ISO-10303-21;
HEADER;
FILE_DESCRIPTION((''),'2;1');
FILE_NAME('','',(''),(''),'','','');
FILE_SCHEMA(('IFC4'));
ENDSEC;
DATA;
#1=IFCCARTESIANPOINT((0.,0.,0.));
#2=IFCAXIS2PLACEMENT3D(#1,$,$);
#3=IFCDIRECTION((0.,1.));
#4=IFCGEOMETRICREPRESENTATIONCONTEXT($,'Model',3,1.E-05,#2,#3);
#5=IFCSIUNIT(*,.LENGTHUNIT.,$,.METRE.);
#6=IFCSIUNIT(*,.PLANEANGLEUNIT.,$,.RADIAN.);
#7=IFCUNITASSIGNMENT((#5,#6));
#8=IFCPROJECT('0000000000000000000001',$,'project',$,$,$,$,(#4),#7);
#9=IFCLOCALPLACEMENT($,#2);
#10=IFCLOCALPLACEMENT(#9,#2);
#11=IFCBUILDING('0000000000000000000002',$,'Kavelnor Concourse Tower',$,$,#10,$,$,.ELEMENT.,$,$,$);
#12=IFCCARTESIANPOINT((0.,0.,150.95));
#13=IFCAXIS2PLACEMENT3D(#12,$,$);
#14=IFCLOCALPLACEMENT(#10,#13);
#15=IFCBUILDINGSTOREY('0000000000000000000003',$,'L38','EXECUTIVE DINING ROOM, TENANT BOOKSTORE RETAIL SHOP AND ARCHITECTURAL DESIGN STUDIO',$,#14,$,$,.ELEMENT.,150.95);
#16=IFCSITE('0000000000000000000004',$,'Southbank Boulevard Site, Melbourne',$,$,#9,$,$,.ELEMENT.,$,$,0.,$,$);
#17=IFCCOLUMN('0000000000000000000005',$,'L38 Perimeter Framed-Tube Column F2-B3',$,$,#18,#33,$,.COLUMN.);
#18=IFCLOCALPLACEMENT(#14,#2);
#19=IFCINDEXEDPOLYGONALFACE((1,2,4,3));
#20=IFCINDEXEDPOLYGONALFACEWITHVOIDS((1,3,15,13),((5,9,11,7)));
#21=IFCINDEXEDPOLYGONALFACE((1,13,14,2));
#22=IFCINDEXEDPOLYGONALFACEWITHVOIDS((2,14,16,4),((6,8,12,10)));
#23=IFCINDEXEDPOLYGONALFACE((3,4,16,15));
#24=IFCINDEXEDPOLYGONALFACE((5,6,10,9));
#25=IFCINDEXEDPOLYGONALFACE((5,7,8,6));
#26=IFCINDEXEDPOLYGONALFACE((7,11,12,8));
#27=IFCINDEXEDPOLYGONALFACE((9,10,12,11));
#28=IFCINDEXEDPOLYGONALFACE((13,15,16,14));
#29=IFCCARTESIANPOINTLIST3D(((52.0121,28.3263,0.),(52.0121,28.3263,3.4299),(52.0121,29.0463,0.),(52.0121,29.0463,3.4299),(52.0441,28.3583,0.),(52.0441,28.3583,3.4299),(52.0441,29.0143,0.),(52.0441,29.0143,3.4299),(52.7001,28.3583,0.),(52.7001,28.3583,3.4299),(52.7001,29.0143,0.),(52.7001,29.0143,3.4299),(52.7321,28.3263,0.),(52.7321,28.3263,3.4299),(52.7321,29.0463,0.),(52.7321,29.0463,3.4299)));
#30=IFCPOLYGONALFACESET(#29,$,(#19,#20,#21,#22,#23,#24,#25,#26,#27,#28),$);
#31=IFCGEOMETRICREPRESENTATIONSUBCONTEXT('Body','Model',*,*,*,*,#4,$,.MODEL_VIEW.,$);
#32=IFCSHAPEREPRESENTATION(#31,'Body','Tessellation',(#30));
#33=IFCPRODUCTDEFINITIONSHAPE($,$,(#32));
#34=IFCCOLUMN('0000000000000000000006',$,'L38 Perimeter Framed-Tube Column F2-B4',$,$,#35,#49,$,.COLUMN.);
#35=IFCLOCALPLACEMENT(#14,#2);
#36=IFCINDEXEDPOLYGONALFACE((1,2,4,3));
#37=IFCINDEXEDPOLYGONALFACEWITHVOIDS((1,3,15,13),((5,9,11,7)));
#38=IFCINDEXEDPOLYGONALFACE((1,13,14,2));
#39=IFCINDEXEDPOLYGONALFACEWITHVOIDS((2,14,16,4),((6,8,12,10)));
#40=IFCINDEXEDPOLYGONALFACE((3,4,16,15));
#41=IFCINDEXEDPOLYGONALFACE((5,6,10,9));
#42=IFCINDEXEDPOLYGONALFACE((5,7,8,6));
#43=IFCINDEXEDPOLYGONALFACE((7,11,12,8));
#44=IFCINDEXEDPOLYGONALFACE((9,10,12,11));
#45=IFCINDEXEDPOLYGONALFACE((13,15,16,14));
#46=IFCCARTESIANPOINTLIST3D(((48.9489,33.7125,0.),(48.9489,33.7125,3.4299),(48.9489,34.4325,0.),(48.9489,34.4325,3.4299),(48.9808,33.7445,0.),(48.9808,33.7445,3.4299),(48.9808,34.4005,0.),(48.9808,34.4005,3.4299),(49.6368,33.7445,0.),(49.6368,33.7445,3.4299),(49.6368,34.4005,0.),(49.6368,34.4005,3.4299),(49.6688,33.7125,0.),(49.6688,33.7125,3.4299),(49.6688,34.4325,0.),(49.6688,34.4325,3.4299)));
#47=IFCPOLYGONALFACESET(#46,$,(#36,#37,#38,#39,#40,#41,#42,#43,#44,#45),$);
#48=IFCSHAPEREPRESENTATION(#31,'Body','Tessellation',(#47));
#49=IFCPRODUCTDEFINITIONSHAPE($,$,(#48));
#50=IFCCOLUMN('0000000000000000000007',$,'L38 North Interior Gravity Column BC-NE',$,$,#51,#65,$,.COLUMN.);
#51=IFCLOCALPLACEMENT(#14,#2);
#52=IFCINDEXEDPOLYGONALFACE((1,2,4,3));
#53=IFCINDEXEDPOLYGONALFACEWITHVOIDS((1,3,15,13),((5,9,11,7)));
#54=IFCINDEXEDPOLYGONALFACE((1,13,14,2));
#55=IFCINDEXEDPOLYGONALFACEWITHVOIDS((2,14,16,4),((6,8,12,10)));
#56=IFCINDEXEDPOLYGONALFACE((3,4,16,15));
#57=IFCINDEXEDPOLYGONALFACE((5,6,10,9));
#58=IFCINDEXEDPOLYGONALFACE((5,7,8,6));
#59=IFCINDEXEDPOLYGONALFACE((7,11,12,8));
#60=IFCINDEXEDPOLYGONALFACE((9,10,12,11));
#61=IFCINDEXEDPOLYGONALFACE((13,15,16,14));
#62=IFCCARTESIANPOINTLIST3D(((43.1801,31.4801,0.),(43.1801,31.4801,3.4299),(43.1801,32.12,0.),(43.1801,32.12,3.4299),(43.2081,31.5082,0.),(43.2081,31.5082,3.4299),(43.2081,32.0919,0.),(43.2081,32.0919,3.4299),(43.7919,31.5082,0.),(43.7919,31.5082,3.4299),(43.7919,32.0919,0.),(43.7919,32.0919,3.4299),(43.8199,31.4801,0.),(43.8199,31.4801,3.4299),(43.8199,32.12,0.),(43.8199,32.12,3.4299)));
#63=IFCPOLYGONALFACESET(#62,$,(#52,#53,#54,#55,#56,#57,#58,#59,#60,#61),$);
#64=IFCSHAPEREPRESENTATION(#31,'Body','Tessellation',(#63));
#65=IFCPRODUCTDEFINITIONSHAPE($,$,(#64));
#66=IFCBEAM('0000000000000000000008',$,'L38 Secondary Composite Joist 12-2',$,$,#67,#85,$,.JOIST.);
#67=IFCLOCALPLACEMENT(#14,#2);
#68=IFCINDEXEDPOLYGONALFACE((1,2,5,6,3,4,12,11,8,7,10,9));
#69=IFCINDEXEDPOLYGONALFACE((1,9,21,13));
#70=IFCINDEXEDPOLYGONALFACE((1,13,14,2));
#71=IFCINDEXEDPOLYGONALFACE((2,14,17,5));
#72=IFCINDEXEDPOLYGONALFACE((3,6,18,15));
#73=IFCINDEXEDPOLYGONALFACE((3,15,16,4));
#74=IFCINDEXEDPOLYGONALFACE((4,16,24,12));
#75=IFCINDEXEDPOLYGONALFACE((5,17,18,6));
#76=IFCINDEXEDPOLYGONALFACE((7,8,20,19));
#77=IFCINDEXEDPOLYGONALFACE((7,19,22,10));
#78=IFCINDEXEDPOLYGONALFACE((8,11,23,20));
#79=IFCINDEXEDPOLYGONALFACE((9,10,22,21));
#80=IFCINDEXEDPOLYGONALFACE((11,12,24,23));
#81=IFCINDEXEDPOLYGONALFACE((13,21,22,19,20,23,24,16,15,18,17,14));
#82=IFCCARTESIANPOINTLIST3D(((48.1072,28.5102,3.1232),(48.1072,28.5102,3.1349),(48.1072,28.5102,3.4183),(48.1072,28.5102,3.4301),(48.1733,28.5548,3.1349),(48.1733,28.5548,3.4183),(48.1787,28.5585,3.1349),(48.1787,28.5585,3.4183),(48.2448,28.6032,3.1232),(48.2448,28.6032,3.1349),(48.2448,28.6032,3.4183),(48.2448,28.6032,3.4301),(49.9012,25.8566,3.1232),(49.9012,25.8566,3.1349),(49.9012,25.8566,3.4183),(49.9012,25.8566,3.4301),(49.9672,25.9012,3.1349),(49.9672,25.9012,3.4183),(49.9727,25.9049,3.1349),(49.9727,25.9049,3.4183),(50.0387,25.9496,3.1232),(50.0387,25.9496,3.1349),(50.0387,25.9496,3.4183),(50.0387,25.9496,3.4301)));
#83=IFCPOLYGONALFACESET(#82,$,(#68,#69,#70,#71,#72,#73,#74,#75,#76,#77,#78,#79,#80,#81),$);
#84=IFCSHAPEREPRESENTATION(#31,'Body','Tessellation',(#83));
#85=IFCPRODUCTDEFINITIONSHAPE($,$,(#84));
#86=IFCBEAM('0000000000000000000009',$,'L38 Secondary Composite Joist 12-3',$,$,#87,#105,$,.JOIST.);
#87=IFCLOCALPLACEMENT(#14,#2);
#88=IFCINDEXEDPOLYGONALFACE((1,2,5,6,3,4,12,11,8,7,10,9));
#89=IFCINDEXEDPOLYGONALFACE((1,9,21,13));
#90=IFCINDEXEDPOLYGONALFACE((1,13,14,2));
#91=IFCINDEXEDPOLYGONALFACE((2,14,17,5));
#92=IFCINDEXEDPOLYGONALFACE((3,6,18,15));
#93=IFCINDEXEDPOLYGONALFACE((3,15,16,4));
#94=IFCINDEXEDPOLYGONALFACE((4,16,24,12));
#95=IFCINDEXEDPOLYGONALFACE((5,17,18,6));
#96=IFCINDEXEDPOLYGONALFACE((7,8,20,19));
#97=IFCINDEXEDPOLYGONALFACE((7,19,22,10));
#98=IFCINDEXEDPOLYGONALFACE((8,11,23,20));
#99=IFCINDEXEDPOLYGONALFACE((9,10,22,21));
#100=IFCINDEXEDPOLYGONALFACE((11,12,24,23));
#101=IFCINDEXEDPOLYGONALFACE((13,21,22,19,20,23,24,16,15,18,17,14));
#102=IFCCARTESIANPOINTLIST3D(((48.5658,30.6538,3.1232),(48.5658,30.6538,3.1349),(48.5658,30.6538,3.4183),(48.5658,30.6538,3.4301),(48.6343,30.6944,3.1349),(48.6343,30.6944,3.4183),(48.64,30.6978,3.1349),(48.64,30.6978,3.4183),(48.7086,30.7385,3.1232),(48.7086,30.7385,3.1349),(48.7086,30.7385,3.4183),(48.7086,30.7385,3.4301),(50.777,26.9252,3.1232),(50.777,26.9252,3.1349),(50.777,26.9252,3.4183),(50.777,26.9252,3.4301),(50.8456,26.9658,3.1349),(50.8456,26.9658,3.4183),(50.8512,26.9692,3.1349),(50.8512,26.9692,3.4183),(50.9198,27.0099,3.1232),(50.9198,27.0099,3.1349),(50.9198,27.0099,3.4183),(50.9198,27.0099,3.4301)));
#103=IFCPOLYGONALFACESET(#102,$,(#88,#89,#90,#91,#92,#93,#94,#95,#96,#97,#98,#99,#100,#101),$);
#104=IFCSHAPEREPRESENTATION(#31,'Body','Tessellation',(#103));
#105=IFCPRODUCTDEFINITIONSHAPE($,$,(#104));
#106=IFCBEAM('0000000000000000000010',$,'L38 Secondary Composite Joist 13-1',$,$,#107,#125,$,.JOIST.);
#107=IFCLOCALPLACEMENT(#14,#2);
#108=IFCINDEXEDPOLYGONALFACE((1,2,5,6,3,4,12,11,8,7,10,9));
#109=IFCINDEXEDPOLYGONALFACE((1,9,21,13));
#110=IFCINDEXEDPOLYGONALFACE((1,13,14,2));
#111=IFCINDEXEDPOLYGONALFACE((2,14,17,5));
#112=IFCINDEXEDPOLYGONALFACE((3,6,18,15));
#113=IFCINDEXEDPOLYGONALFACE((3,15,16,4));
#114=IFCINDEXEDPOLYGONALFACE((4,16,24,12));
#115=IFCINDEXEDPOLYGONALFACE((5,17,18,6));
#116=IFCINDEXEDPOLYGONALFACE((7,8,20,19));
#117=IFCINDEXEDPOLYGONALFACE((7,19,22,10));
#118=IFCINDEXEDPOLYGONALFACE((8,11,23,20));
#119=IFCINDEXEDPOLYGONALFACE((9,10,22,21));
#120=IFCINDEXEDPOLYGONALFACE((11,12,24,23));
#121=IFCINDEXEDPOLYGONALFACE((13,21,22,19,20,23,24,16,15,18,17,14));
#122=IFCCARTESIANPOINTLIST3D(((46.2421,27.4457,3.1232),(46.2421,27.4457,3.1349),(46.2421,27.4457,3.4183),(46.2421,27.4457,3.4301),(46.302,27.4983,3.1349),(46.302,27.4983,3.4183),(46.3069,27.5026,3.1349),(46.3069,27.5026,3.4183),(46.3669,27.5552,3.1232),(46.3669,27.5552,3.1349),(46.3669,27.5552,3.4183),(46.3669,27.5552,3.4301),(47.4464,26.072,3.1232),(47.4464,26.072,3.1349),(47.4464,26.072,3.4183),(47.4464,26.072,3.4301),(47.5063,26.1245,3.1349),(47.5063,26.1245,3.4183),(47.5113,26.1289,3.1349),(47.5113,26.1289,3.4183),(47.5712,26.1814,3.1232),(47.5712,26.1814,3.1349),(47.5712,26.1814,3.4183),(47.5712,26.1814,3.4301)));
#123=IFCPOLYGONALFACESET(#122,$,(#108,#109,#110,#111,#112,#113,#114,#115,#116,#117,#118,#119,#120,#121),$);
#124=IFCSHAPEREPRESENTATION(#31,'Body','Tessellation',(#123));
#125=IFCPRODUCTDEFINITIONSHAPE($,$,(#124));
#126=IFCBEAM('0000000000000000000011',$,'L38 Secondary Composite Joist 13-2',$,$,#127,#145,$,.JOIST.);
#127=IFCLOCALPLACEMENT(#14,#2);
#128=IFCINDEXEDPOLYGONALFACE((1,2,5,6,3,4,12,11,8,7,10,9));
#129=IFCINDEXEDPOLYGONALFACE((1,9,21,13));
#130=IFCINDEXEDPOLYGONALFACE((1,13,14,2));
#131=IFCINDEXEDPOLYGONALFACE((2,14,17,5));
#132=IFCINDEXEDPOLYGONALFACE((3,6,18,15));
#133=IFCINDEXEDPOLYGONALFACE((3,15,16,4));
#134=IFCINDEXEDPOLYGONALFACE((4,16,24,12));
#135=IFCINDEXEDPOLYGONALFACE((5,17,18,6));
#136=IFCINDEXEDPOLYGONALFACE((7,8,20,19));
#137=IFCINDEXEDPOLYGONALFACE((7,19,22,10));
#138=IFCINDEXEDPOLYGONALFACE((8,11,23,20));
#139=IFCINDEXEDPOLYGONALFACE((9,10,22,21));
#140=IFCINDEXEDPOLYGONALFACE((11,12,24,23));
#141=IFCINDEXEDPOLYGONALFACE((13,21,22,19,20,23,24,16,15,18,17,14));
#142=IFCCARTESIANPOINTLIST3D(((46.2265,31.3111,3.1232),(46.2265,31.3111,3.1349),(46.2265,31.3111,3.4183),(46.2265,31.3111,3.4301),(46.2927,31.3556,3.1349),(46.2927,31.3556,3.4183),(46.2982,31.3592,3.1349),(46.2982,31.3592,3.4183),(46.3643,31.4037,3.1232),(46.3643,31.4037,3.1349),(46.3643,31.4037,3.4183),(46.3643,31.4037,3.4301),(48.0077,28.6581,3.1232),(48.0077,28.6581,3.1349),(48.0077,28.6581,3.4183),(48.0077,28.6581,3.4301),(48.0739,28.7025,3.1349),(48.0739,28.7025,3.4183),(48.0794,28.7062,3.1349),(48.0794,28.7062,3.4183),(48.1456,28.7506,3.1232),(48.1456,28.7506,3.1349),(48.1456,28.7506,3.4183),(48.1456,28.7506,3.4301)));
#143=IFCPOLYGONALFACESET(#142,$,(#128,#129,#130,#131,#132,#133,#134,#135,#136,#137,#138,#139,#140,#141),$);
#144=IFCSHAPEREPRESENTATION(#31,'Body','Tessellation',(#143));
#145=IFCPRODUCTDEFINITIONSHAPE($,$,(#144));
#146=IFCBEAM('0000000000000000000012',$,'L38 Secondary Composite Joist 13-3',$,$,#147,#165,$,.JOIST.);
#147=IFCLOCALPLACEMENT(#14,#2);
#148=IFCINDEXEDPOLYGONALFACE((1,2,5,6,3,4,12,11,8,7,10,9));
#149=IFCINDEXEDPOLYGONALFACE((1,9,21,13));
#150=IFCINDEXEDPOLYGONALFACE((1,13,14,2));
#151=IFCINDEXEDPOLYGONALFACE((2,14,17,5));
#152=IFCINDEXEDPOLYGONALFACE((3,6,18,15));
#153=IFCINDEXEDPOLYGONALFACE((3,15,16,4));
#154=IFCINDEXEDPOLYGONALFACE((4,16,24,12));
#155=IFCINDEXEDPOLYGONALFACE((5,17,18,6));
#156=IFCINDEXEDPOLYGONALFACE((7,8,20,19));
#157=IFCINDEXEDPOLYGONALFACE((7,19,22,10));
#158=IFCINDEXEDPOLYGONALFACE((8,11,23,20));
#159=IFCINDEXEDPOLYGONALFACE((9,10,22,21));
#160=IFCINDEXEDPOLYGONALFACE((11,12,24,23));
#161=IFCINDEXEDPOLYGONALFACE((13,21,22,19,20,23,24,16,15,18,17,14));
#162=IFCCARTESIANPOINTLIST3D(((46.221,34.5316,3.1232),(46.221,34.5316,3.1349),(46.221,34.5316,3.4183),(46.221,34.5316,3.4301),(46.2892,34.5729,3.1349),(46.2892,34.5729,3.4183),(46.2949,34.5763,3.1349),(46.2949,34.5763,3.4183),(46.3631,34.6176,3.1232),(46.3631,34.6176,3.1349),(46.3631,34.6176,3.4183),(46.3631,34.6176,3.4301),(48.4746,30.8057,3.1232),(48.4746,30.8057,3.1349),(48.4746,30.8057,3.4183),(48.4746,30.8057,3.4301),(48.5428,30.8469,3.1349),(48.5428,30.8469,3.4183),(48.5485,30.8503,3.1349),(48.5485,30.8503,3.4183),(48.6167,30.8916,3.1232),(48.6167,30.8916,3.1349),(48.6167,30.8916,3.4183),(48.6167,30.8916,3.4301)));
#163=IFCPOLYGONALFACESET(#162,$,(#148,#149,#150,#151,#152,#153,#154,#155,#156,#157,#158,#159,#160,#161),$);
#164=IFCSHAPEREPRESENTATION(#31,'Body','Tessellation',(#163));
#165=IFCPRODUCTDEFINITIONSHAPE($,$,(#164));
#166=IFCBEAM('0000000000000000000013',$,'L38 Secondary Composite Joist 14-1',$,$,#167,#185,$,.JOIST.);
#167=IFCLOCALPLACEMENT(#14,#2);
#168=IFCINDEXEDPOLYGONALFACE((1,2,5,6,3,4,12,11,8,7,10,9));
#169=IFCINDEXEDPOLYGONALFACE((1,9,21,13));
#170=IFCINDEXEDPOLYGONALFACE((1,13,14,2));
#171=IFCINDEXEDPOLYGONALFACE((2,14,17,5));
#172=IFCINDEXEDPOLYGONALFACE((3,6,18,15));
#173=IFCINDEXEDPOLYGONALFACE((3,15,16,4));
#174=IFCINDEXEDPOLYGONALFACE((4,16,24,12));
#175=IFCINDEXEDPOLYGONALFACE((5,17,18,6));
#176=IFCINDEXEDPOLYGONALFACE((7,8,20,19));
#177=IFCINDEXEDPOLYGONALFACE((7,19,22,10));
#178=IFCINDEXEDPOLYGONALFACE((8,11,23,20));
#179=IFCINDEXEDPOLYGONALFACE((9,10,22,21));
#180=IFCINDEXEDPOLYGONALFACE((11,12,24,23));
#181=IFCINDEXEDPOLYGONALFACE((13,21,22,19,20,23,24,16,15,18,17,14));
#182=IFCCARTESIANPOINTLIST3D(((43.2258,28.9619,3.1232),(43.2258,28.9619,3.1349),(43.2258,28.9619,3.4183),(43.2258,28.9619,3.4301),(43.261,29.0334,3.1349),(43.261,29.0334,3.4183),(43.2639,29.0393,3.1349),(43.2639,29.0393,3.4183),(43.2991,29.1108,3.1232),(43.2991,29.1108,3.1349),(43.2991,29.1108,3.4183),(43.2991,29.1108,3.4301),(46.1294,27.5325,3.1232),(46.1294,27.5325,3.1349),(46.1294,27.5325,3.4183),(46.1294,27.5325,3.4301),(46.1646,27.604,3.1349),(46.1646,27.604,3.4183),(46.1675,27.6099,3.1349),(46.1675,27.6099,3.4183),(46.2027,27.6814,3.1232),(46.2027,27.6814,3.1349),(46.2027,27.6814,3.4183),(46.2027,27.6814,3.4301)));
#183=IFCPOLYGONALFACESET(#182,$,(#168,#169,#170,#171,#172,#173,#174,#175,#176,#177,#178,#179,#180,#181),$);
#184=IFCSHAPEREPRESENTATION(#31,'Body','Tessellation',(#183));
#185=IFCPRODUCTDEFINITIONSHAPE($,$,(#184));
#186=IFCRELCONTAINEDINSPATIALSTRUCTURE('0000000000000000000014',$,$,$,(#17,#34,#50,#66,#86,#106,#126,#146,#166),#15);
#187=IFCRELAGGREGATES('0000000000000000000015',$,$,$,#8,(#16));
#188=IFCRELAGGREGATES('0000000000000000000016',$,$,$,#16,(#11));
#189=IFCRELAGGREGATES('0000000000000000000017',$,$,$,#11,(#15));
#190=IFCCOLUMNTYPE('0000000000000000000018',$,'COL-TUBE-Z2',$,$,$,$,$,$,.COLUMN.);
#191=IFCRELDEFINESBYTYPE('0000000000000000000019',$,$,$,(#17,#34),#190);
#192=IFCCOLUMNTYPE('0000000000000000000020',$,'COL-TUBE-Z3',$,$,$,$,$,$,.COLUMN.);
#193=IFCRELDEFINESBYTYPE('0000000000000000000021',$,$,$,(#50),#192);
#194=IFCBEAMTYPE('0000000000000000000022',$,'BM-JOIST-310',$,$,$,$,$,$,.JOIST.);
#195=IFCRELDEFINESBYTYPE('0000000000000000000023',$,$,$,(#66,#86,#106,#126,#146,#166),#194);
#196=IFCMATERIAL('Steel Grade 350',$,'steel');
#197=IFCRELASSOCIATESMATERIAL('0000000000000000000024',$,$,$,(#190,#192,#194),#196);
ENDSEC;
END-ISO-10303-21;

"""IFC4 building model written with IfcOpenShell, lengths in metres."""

from ifc_helpers import new_model, si_unit, direction, frame, origin, origin_2d, place, context, subcontext, project, spatial, hollow_rectangle, i_section, extrude, material, material_profile, profile_set, type_object, element, save


model = new_model("IFC4")

# Units and contexts
model_context = context("Model", 3, precision=1e-05, world=origin(), true_north=direction((0.0, 1.0)))
body_context = subcontext(model_context, "Body", "Model", "MODEL_VIEW")
ifc_project = project(units=[si_unit("LENGTHUNIT", "METRE"), si_unit("PLANEANGLEUNIT", "RADIAN")], contexts=[model_context])

# Site, building, storey
site_placement = place(None, origin())
site = spatial("IfcSite", under=ifc_project, at=site_placement, Name="Southbank Boulevard Site, Melbourne", CompositionType="ELEMENT", RefElevation=0.0)
building_placement = place(site_placement, origin())
building = spatial("IfcBuilding", under=site, at=building_placement, Name="Kavelnor Concourse Tower", CompositionType="ELEMENT")
storey_placement = place(building_placement, frame((0.0, 0.0, 150.95)))
storey = spatial("IfcBuildingStorey", under=building, at=storey_placement, Name="L38", Description="EXECUTIVE DINING ROOM, TENANT BOOKSTORE RETAIL SHOP AND ARCHITECTURAL DESIGN STUDIO", CompositionType="ELEMENT", Elevation=150.95)

# Columns
ifc_material = material(Name="Steel Grade 350", Category="steel")
ifc_material_profile_1 = material_profile(ifc_material, hollow_rectangle(XDim=0.72, YDim=0.72, WallThickness=0.032, at=origin_2d()), Name="SHS 720x720x32")
ifc_profile_set_1 = profile_set([ifc_material_profile_1], Name="Steel Grade 350")
column_type_1 = type_object("IfcColumnType", Name="COL-TUBE-Z2", PredefinedType="COLUMN", material=ifc_profile_set_1)
for number, where, z_axis, x_axis, name in (
    (1, (52.3721, 28.6863, 0.0), (0.0, 0.0, 1.0), (1.0, 0.0, 0.0), "L38 Perimeter Framed-Tube Column F2-B3"),
    (2, (49.3088, 34.0725, 0.0), (0.0, 0.0, 1.0), (1.0, 0.0, 0.0), "L38 Perimeter Framed-Tube Column F2-B4"),
):
    element("IfcColumn", number, at=place(storey_placement, frame(where, z_axis=z_axis, x_axis=x_axis)), inside=storey, type_object=column_type_1, Name=name, PredefinedType="COLUMN", context=body_context, shape_type="SweptSolid", body=[
        extrude(hollow_rectangle(XDim=0.72, YDim=0.72, WallThickness=0.032, at=origin_2d()), origin(), (0.0, 0.0, 1.0), 3.4299),
    ])
ifc_material_profile_2 = material_profile(ifc_material, hollow_rectangle(XDim=0.6399, YDim=0.6399, WallThickness=0.0281, at=origin_2d()), Name="SHS 640x640x28")
ifc_profile_set_2 = profile_set([ifc_material_profile_2], Name="Steel Grade 350")
column_type_2 = type_object("IfcColumnType", Name="COL-TUBE-Z3", PredefinedType="COLUMN", material=ifc_profile_set_2)
column_placement = place(storey_placement, frame((43.5, 31.8, 0.0), z_axis=(0.0, 0.0, 1.0), x_axis=(1.0, 0.0, 0.0)))
element("IfcColumn", 3, at=column_placement, inside=storey, type_object=column_type_2, Name="L38 North Interior Gravity Column BC-NE", PredefinedType="COLUMN", context=body_context, shape_type="SweptSolid", body=[
    extrude(hollow_rectangle(XDim=0.6399, YDim=0.6399, WallThickness=0.0281, at=origin_2d()), origin(), (0.0, 0.0, 1.0), 3.4299),
])

# Beams
ifc_material_profile_3 = material_profile(ifc_material, i_section(OverallWidth=0.166, OverallDepth=0.3069, WebThickness=0.0066, FlangeThickness=0.0117, at=origin_2d()), Name="310UB46")
ifc_profile_set_3 = profile_set([ifc_material_profile_3], Name="Steel Grade 350")
beam_type_1 = type_object("IfcBeamType", Name="BM-JOIST-310", PredefinedType="JOIST", material=ifc_profile_set_3)
beam_1_placement = place(storey_placement, frame((49.97, 25.9031, 3.2766), z_axis=(-0.560071, 0.828445, 0.0), x_axis=(-0.828445, -0.560071, 0.0)))
element("IfcBeam", 4, at=beam_1_placement, inside=storey, type_object=beam_type_1, Name="L38 Secondary Composite Joist 12-2", PredefinedType="JOIST", context=body_context, shape_type="SweptSolid", body=[
    extrude(i_section(OverallWidth=0.166, OverallDepth=0.3069, WebThickness=0.0066, FlangeThickness=0.0117, at=origin_2d()), origin(), (0.0, 0.0, 1.0), 3.2031),
])
beam_2_placement = place(storey_placement, frame((50.8484, 26.9675, 3.2766), z_axis=(-0.510091, 0.86012, 0.0), x_axis=(-0.86012, -0.510091, 0.0)))
element("IfcBeam", 5, at=beam_2_placement, inside=storey, type_object=beam_type_1, Name="L38 Secondary Composite Joist 12-3", PredefinedType="JOIST", context=body_context, shape_type="SweptSolid", body=[
    extrude(i_section(OverallWidth=0.166, OverallDepth=0.3069, WebThickness=0.0066, FlangeThickness=0.0117, at=origin_2d()), origin(), (0.0, 0.0, 1.0), 4.335),
])
beam_3_placement = place(storey_placement, frame((47.5088, 26.1267, 3.2766), z_axis=(-0.659214, 0.751955, 0.0), x_axis=(-0.751955, -0.659214, 0.0)))
element("IfcBeam", 6, at=beam_3_placement, inside=storey, type_object=beam_type_1, Name="L38 Secondary Composite Joist 13-1", PredefinedType="JOIST", context=body_context, shape_type="SweptSolid", body=[
    extrude(i_section(OverallWidth=0.166, OverallDepth=0.3069, WebThickness=0.0066, FlangeThickness=0.0117, at=origin_2d()), origin(), (0.0, 0.0, 1.0), 1.8269),
])
beam_4_placement = place(storey_placement, frame((48.0767, 28.7043, 3.2766), z_axis=(-0.557412, 0.830236, 0.0), x_axis=(-0.830236, -0.557412, 0.0)))
element("IfcBeam", 7, at=beam_4_placement, inside=storey, type_object=beam_type_1, Name="L38 Secondary Composite Joist 13-2", PredefinedType="JOIST", context=body_context, shape_type="SweptSolid", body=[
    extrude(i_section(OverallWidth=0.166, OverallDepth=0.3069, WebThickness=0.0066, FlangeThickness=0.0117, at=origin_2d()), origin(), (0.0, 0.0, 1.0), 3.1956),
])
beam_5_placement = place(storey_placement, frame((48.5457, 30.8486, 3.2766), z_axis=(-0.517535, 0.855662, 0.0), x_axis=(-0.855662, -0.517535, 0.0)))
element("IfcBeam", 8, at=beam_5_placement, inside=storey, type_object=beam_type_1, Name="L38 Secondary Composite Joist 13-3", PredefinedType="JOIST", context=body_context, shape_type="SweptSolid", body=[
    extrude(i_section(OverallWidth=0.166, OverallDepth=0.3069, WebThickness=0.0066, FlangeThickness=0.0117, at=origin_2d()), origin(), (0.0, 0.0, 1.0), 4.3545),
])
beam_6_placement = place(storey_placement, frame((46.166, 27.6069, 3.2766), z_axis=(-0.897171, 0.441683, 0.0), x_axis=(-0.441683, -0.897171, 0.0)))
element("IfcBeam", 9, at=beam_6_placement, inside=storey, type_object=beam_type_1, Name="L38 Secondary Composite Joist 14-1", PredefinedType="JOIST", context=body_context, shape_type="SweptSolid", body=[
    extrude(i_section(OverallWidth=0.166, OverallDepth=0.3069, WebThickness=0.0066, FlangeThickness=0.0117, at=origin_2d()), origin(), (0.0, 0.0, 1.0), 3.2363),
])

save(model, "model.ifc")
